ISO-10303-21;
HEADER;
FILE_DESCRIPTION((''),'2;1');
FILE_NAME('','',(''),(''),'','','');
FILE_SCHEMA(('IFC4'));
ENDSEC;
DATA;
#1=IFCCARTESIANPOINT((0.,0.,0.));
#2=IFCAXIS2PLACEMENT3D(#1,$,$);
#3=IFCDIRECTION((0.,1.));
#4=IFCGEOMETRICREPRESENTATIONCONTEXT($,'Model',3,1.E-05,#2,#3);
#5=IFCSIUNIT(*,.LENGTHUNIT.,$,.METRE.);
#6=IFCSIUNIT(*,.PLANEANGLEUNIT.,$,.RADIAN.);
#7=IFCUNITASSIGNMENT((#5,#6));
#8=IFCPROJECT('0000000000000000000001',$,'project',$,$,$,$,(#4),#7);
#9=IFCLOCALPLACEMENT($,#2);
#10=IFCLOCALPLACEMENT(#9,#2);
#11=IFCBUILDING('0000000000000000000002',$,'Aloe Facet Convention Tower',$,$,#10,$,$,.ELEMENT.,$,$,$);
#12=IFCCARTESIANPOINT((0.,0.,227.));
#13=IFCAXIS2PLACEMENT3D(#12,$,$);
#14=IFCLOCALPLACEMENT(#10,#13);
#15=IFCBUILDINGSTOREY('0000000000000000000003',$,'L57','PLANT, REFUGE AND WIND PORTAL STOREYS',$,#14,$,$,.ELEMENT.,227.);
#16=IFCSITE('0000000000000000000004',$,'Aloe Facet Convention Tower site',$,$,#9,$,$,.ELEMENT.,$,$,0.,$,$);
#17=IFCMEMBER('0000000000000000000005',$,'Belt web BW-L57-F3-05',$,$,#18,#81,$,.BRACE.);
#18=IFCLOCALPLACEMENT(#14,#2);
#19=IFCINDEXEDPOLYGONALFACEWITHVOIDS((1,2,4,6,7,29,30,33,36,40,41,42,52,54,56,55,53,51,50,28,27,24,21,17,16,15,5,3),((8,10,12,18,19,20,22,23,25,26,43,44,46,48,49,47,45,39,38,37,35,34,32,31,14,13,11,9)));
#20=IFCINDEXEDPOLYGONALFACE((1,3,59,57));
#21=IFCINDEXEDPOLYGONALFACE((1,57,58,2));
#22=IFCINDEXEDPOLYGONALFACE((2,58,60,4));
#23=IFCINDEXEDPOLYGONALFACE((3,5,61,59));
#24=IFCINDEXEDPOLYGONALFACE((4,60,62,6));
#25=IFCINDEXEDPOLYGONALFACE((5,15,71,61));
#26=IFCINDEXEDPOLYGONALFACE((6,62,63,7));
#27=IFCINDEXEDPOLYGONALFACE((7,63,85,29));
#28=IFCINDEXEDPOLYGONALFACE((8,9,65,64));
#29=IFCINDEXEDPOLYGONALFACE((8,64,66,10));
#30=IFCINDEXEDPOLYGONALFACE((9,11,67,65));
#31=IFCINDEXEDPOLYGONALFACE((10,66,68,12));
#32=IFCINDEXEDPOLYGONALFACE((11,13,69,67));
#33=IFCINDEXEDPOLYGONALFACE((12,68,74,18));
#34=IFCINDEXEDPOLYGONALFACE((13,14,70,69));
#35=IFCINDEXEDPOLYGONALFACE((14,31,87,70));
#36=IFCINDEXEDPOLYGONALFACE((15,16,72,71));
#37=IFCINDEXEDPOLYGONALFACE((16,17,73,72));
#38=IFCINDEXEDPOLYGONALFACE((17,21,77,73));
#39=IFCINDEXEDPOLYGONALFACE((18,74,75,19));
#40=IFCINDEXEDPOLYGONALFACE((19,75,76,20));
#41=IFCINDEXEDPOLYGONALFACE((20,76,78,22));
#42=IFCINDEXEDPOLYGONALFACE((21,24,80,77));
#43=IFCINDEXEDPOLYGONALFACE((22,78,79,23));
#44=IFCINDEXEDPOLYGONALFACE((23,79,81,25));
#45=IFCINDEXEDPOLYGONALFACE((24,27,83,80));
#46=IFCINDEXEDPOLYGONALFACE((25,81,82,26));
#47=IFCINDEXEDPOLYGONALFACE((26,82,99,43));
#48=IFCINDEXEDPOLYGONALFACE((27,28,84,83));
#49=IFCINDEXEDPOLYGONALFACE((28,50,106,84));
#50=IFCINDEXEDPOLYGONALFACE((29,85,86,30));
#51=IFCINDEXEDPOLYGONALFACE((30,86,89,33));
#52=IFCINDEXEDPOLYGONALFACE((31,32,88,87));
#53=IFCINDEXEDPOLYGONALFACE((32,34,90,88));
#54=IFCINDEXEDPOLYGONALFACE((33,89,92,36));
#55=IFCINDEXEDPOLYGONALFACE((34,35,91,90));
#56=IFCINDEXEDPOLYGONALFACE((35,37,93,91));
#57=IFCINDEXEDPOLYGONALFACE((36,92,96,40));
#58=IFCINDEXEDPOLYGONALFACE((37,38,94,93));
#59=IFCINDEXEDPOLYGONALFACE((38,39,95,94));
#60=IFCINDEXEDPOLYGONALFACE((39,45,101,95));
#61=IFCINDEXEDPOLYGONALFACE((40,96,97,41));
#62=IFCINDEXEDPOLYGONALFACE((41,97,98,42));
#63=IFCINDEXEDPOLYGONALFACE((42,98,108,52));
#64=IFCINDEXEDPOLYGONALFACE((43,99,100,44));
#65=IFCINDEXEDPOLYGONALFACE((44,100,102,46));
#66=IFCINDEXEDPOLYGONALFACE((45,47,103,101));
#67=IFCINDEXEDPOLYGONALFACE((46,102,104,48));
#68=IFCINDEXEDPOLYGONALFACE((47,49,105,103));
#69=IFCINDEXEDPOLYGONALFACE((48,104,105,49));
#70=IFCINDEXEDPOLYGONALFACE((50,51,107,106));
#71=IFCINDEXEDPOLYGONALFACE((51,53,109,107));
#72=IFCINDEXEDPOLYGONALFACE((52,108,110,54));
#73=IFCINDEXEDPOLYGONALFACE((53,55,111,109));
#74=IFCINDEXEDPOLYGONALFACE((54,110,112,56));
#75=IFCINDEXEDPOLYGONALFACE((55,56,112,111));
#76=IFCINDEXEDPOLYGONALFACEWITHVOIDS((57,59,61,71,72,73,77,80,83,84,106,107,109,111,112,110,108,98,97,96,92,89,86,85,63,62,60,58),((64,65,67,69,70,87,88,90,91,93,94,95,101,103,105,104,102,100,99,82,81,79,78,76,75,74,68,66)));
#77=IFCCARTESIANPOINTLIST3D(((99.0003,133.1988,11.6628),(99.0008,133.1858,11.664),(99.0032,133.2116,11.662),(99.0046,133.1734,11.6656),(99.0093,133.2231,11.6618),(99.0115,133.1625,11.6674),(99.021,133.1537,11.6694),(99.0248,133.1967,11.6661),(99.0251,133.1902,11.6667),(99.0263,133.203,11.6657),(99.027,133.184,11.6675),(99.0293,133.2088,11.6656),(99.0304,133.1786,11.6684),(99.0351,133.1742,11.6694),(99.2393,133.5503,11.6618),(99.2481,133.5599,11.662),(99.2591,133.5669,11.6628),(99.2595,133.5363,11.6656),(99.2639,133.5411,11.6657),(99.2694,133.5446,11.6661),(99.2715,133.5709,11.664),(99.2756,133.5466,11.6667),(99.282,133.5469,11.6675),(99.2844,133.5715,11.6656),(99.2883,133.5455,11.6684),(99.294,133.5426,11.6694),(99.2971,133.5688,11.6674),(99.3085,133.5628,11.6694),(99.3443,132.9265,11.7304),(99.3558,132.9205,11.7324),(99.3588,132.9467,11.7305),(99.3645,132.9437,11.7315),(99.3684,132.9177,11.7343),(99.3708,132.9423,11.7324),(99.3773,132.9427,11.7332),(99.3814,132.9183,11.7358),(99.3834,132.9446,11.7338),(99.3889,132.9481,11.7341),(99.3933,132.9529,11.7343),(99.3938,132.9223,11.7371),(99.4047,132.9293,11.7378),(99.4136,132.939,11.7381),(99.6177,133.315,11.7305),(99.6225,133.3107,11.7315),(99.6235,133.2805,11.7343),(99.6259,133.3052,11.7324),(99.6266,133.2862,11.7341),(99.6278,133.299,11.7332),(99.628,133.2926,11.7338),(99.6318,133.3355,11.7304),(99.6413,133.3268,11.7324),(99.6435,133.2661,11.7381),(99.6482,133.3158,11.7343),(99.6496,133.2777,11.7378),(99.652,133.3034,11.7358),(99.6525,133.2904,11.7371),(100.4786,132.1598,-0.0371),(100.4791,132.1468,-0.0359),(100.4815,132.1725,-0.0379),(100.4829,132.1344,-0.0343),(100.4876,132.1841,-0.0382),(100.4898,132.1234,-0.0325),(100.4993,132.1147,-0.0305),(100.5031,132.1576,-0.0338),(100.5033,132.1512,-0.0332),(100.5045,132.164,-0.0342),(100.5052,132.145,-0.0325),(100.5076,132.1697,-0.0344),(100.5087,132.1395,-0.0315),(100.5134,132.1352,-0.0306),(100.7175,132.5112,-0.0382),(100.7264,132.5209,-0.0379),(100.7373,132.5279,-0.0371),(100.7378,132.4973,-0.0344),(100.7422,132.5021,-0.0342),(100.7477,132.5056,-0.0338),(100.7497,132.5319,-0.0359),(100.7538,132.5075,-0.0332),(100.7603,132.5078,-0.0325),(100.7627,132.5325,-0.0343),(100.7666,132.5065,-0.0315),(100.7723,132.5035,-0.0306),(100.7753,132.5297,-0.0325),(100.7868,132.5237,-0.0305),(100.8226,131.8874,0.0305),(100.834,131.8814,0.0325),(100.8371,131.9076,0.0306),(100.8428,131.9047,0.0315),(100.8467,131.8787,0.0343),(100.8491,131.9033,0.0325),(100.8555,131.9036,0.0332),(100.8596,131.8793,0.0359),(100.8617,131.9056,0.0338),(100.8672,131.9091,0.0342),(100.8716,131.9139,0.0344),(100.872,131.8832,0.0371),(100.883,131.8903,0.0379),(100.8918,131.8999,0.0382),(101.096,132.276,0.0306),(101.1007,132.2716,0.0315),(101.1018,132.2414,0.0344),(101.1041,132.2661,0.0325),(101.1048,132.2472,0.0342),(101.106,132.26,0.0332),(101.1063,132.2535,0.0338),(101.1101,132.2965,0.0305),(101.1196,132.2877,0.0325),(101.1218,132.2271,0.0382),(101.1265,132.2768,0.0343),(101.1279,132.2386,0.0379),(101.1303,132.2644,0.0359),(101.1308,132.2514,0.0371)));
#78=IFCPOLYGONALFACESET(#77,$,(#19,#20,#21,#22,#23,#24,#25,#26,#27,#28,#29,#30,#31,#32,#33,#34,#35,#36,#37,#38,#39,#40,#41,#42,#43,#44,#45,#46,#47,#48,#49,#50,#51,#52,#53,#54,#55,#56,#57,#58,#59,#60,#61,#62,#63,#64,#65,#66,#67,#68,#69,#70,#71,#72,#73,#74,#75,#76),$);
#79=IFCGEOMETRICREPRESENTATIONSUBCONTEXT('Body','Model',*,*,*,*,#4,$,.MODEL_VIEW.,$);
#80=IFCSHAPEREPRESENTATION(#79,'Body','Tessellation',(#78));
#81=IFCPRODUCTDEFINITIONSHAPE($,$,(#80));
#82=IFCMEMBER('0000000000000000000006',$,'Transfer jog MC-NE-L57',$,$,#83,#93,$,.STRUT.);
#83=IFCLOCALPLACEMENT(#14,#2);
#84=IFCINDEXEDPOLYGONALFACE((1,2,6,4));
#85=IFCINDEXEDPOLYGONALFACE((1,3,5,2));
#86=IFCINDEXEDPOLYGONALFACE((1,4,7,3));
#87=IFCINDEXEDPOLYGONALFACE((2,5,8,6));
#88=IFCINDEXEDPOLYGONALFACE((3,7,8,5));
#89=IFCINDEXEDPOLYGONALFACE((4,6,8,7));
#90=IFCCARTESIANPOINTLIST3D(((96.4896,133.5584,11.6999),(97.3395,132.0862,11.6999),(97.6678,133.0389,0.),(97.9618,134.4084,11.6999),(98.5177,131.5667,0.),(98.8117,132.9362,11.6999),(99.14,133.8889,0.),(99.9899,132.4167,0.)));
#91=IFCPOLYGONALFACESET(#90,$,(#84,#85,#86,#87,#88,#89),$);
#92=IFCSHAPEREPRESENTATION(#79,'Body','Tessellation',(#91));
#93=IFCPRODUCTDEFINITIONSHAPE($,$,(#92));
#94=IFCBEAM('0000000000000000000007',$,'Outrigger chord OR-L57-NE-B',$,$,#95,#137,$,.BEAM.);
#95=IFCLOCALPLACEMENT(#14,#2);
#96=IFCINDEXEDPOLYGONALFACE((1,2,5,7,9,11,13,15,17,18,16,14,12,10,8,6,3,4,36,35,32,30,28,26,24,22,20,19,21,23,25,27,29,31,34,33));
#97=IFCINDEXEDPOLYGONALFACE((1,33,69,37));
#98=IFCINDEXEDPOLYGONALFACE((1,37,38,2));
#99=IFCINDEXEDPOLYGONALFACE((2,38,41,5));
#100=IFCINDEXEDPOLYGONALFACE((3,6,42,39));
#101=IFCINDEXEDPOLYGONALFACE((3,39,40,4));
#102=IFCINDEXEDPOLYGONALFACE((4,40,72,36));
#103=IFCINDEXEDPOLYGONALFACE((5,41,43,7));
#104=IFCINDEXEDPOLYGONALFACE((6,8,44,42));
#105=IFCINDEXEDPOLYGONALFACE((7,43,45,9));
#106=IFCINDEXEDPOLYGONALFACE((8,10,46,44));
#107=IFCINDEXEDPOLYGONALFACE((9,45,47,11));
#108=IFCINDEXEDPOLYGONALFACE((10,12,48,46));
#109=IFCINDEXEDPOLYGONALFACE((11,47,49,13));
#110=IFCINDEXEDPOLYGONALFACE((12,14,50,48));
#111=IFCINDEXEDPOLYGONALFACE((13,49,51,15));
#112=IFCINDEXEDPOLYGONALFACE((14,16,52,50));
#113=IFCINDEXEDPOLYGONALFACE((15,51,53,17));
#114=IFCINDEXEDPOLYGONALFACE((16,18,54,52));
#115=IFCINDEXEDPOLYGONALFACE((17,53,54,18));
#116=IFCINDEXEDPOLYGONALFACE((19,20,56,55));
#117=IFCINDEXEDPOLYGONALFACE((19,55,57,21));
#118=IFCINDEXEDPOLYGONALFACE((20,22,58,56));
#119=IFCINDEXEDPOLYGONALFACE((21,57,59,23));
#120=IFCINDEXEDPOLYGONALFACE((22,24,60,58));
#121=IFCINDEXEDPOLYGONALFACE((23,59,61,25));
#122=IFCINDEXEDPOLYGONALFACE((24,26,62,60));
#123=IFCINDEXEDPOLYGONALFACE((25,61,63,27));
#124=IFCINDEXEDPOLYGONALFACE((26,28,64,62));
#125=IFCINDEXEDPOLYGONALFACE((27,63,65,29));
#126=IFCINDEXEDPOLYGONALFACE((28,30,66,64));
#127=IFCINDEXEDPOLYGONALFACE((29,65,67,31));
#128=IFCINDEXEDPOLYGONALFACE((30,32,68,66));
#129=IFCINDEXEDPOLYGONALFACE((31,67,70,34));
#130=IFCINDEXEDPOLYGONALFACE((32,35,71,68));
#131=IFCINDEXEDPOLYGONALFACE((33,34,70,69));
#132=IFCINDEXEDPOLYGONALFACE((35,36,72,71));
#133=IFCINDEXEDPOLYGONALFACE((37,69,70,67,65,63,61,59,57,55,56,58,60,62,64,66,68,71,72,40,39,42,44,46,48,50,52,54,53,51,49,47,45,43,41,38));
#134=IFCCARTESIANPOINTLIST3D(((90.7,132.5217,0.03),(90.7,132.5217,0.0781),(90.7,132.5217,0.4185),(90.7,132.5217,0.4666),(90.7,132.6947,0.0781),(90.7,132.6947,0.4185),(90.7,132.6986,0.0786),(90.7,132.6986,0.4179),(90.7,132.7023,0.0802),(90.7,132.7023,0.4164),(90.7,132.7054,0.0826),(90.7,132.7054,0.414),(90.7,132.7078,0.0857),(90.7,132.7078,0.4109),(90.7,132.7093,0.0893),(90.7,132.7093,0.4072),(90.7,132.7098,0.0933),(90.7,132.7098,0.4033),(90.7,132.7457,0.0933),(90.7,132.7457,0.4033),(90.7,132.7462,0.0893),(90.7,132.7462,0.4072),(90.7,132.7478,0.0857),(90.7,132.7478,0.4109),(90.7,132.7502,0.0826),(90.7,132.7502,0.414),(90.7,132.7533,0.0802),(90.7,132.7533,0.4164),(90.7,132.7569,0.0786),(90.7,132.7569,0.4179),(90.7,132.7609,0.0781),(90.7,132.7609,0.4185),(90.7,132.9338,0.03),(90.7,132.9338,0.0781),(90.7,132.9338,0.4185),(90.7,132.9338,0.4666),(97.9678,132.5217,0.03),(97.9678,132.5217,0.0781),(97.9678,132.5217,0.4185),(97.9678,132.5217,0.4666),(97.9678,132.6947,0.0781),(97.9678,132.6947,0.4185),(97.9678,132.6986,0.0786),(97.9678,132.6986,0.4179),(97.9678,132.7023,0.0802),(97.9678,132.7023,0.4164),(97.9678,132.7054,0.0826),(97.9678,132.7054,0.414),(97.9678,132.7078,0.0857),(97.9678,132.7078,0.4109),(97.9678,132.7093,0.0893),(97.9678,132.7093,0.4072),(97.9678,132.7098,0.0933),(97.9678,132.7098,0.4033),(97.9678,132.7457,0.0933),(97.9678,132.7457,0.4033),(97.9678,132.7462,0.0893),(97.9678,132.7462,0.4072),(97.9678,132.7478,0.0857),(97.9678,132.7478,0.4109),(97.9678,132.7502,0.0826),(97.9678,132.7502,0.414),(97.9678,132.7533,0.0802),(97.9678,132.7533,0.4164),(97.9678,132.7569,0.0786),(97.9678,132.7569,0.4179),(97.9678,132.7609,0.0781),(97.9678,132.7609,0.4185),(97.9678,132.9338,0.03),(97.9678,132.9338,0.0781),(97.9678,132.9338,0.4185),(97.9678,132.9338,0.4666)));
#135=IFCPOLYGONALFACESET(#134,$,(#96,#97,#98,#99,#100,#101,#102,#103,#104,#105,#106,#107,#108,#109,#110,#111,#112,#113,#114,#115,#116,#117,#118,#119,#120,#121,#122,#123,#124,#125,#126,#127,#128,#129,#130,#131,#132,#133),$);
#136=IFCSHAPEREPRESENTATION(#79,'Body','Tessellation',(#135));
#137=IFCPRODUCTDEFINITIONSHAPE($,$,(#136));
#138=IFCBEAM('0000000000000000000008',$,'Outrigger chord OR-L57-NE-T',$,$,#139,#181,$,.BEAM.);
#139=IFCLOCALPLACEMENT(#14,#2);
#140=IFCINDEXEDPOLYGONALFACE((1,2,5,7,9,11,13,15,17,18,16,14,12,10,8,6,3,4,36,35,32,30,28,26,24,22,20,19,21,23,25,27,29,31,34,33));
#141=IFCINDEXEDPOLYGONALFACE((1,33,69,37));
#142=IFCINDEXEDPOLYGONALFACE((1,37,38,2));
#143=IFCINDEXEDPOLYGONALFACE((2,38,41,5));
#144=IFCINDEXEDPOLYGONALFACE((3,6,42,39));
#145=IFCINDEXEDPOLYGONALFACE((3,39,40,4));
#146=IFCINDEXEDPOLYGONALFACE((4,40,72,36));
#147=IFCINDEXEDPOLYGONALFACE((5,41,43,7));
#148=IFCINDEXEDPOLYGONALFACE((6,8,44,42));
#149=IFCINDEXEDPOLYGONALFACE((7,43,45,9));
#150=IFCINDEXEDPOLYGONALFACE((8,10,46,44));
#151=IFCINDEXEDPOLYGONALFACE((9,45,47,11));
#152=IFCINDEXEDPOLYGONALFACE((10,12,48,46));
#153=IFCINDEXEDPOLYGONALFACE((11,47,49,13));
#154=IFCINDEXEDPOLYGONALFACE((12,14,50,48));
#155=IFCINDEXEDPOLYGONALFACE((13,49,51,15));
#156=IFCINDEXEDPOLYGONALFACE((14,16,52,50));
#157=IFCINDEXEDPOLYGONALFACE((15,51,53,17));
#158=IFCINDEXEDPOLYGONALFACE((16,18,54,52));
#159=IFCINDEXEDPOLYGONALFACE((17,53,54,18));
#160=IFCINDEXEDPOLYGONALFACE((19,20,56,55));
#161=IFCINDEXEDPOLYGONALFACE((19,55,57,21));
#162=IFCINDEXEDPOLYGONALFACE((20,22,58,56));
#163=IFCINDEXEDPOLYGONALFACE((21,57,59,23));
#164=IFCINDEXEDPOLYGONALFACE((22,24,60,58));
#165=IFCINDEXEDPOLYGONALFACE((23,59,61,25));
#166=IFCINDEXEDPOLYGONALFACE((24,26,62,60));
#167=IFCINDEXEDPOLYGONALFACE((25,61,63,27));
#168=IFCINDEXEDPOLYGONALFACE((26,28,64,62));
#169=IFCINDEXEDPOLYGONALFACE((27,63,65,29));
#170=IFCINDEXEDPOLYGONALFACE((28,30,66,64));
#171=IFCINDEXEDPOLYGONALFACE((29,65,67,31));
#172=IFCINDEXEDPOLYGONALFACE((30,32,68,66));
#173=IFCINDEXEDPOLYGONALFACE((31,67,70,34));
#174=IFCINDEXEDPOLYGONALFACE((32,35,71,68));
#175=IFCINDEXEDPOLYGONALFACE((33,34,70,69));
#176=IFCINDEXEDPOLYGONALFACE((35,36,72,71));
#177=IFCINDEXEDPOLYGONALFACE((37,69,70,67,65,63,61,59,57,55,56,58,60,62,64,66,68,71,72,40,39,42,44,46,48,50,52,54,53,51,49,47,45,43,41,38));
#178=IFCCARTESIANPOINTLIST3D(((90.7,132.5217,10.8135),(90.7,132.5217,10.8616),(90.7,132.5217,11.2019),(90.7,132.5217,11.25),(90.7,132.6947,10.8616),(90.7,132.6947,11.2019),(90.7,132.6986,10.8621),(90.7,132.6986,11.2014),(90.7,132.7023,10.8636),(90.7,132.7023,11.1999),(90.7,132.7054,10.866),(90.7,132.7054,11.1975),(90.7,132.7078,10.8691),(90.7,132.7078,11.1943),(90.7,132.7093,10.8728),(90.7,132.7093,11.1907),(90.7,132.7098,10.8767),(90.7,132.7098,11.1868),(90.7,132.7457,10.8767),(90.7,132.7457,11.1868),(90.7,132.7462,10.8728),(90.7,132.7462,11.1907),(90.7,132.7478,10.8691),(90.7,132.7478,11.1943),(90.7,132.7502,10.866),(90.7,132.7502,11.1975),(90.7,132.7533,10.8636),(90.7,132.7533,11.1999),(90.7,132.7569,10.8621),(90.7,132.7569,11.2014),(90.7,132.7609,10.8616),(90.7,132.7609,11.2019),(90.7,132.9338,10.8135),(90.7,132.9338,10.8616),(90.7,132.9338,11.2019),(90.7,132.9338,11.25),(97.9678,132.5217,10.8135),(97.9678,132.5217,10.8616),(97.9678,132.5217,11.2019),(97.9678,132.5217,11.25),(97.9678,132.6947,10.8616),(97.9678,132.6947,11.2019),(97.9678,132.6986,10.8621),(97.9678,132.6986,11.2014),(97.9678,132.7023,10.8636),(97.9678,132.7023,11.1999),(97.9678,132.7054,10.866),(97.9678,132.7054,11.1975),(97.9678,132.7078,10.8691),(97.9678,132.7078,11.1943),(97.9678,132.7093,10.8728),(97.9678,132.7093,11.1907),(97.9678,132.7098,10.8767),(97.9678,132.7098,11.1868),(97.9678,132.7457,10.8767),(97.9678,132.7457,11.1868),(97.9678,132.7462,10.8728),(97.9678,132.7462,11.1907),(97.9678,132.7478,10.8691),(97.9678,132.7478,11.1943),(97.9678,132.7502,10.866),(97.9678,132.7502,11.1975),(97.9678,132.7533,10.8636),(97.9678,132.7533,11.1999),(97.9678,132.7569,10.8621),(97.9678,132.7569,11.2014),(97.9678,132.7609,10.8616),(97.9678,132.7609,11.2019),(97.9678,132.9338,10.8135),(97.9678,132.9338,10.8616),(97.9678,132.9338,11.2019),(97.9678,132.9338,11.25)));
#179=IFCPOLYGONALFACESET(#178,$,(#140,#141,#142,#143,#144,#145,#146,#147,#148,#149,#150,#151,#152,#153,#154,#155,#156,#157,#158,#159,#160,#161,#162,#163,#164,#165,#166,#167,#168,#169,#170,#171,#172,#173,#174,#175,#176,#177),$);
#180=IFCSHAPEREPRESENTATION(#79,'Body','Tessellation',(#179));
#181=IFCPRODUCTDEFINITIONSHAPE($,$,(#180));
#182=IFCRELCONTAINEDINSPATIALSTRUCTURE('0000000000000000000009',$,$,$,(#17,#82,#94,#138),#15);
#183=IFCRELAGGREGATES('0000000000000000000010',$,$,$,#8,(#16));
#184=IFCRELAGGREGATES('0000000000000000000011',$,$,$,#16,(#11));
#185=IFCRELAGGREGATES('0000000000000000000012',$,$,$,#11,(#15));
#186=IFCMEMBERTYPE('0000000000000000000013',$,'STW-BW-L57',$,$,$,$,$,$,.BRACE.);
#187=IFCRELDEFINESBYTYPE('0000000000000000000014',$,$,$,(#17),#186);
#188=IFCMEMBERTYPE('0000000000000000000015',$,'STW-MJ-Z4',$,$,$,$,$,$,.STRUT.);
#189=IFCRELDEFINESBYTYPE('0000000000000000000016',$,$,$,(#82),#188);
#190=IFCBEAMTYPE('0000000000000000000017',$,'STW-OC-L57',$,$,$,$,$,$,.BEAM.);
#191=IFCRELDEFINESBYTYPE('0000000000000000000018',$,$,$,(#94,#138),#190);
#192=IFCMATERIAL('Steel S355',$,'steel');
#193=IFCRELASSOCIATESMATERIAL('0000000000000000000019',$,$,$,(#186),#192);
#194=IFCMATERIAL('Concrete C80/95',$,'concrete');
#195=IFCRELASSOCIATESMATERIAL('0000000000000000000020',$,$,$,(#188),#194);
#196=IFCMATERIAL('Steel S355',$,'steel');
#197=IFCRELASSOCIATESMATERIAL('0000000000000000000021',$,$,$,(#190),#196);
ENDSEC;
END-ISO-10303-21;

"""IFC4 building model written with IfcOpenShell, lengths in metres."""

from ifc_helpers import new_model, si_unit, direction, frame, origin, origin_2d, place, context, subcontext, project, spatial, rectangle, hollow_rectangle, i_section, extrude, material, material_profile, profile_set, type_object, element, save


model = new_model("IFC4")

# Units and contexts
model_context = context("Model", 3, precision=1e-05, world=origin(), true_north=direction((0.0, 1.0)))
body_context = subcontext(model_context, "Body", "Model", "MODEL_VIEW")
ifc_project = project(units=[si_unit("LENGTHUNIT", "METRE"), si_unit("PLANEANGLEUNIT", "RADIAN")], contexts=[model_context])

# Site, building, storey
site_placement = place(None, origin())
site = spatial("IfcSite", under=ifc_project, at=site_placement, Name="Aloe Facet Convention Tower site", CompositionType="ELEMENT", RefElevation=0.0)
building_placement = place(site_placement, origin())
building = spatial("IfcBuilding", under=site, at=building_placement, Name="Aloe Facet Convention Tower", CompositionType="ELEMENT")
storey_placement = place(building_placement, frame((0.0, 0.0, 227.0)))
storey = spatial("IfcBuildingStorey", under=building, at=storey_placement, Name="L57", Description="PLANT, REFUGE AND WIND PORTAL STOREYS", CompositionType="ELEMENT", Elevation=227.0)

# Members
ifc_material_1 = material(Name="Steel S355", Category="steel")
ifc_material_profile_1 = material_profile(ifc_material_1, hollow_rectangle(XDim=0.5, YDim=0.5, WallThickness=0.0249, InnerFilletRadius=0.0249, OuterFilletRadius=0.05, at=origin_2d()), Name="SHS 500x500x25")
ifc_profile_set_1 = profile_set([ifc_material_profile_1], Name="Steel S355")
member_type_1 = type_object("IfcMemberType", Name="STW-BW-L57", PredefinedType="BRACE", material=ifc_profile_set_1)
member_1_placement = place(storey_placement, frame((100.8047, 132.2056, 0.0), z_axis=(-0.124868, 0.087769, 0.988284), x_axis=(-0.575048, -0.81812, 0.0)))
element("IfcMember", 1, at=member_1_placement, inside=storey, type_object=member_type_1, Name="Belt web BW-L57-F3-05", PredefinedType="BRACE", context=body_context, shape_type="SweptSolid", body=[
    extrude(hollow_rectangle(XDim=0.5, YDim=0.5, WallThickness=0.0249, InnerFilletRadius=0.0249, OuterFilletRadius=0.05, at=origin_2d()), origin(), (0.0, 0.0, 1.0), 11.8386),
])
ifc_material_2 = material(Name="Concrete C80/95", Category="concrete")
ifc_material_profile_2 = material_profile(ifc_material_2, rectangle(XDim=1.7, YDim=1.7, at=origin_2d()), Name="STW-MJ-Z4")
ifc_profile_set_2 = profile_set([ifc_material_profile_2], Name="Concrete C80/95")
member_type_2 = type_object("IfcMemberType", Name="STW-MJ-Z4", PredefinedType="STRUT", material=ifc_profile_set_2)
member_2_placement = place(storey_placement, frame((98.8289, 132.7278, 0.0), z_axis=(0.0, 0.0, 1.0), x_axis=(-0.5, 0.866025, 0.0)))
element("IfcMember", 2, at=member_2_placement, inside=storey, type_object=member_type_2, Name="Transfer jog MC-NE-L57", PredefinedType="STRUT", context=body_context, shape_type="SweptSolid", body=[
    extrude(rectangle(XDim=1.7, YDim=1.7, at=origin_2d()), origin(), (0.088274, 0.064619, 0.993998), 11.7705),
])

# Beams
ifc_material_3 = material(Name="Steel S355", Category="steel")
ifc_material_profile_3 = material_profile(ifc_material_3, i_section(OverallWidth=0.4121, OverallDepth=0.4365, WebThickness=0.0359, FlangeThickness=0.0481, FilletRadius=0.0151, at=origin_2d()), Name="UC 356x406x467")
ifc_profile_set_3 = profile_set([ifc_material_profile_3], Name="Steel S355")
beam_type_1 = type_object("IfcBeamType", Name="STW-OC-L57", PredefinedType="BEAM", material=ifc_profile_set_3)
for number, where, z_axis, x_axis, name in (
    (3, (90.7, 132.7278, 0.2483), (1.0, 0.0, 0.0), (0.0, 1.0, 0.0), "Outrigger chord OR-L57-NE-B"),
    (4, (90.7, 132.7278, 11.0317), (1.0, 0.0, 0.0), (0.0, 1.0, 0.0), "Outrigger chord OR-L57-NE-T"),
):
    element("IfcBeam", number, at=place(storey_placement, frame(where, z_axis=z_axis, x_axis=x_axis)), inside=storey, type_object=beam_type_1, Name=name, PredefinedType="BEAM", context=body_context, shape_type="SweptSolid", body=[
        extrude(i_section(OverallWidth=0.4121, OverallDepth=0.4365, WebThickness=0.0359, FlangeThickness=0.0481, FilletRadius=0.0151, at=origin_2d()), origin(), (0.0, 0.0, 1.0), 7.2678),
    ])

save(model, "model.ifc")
